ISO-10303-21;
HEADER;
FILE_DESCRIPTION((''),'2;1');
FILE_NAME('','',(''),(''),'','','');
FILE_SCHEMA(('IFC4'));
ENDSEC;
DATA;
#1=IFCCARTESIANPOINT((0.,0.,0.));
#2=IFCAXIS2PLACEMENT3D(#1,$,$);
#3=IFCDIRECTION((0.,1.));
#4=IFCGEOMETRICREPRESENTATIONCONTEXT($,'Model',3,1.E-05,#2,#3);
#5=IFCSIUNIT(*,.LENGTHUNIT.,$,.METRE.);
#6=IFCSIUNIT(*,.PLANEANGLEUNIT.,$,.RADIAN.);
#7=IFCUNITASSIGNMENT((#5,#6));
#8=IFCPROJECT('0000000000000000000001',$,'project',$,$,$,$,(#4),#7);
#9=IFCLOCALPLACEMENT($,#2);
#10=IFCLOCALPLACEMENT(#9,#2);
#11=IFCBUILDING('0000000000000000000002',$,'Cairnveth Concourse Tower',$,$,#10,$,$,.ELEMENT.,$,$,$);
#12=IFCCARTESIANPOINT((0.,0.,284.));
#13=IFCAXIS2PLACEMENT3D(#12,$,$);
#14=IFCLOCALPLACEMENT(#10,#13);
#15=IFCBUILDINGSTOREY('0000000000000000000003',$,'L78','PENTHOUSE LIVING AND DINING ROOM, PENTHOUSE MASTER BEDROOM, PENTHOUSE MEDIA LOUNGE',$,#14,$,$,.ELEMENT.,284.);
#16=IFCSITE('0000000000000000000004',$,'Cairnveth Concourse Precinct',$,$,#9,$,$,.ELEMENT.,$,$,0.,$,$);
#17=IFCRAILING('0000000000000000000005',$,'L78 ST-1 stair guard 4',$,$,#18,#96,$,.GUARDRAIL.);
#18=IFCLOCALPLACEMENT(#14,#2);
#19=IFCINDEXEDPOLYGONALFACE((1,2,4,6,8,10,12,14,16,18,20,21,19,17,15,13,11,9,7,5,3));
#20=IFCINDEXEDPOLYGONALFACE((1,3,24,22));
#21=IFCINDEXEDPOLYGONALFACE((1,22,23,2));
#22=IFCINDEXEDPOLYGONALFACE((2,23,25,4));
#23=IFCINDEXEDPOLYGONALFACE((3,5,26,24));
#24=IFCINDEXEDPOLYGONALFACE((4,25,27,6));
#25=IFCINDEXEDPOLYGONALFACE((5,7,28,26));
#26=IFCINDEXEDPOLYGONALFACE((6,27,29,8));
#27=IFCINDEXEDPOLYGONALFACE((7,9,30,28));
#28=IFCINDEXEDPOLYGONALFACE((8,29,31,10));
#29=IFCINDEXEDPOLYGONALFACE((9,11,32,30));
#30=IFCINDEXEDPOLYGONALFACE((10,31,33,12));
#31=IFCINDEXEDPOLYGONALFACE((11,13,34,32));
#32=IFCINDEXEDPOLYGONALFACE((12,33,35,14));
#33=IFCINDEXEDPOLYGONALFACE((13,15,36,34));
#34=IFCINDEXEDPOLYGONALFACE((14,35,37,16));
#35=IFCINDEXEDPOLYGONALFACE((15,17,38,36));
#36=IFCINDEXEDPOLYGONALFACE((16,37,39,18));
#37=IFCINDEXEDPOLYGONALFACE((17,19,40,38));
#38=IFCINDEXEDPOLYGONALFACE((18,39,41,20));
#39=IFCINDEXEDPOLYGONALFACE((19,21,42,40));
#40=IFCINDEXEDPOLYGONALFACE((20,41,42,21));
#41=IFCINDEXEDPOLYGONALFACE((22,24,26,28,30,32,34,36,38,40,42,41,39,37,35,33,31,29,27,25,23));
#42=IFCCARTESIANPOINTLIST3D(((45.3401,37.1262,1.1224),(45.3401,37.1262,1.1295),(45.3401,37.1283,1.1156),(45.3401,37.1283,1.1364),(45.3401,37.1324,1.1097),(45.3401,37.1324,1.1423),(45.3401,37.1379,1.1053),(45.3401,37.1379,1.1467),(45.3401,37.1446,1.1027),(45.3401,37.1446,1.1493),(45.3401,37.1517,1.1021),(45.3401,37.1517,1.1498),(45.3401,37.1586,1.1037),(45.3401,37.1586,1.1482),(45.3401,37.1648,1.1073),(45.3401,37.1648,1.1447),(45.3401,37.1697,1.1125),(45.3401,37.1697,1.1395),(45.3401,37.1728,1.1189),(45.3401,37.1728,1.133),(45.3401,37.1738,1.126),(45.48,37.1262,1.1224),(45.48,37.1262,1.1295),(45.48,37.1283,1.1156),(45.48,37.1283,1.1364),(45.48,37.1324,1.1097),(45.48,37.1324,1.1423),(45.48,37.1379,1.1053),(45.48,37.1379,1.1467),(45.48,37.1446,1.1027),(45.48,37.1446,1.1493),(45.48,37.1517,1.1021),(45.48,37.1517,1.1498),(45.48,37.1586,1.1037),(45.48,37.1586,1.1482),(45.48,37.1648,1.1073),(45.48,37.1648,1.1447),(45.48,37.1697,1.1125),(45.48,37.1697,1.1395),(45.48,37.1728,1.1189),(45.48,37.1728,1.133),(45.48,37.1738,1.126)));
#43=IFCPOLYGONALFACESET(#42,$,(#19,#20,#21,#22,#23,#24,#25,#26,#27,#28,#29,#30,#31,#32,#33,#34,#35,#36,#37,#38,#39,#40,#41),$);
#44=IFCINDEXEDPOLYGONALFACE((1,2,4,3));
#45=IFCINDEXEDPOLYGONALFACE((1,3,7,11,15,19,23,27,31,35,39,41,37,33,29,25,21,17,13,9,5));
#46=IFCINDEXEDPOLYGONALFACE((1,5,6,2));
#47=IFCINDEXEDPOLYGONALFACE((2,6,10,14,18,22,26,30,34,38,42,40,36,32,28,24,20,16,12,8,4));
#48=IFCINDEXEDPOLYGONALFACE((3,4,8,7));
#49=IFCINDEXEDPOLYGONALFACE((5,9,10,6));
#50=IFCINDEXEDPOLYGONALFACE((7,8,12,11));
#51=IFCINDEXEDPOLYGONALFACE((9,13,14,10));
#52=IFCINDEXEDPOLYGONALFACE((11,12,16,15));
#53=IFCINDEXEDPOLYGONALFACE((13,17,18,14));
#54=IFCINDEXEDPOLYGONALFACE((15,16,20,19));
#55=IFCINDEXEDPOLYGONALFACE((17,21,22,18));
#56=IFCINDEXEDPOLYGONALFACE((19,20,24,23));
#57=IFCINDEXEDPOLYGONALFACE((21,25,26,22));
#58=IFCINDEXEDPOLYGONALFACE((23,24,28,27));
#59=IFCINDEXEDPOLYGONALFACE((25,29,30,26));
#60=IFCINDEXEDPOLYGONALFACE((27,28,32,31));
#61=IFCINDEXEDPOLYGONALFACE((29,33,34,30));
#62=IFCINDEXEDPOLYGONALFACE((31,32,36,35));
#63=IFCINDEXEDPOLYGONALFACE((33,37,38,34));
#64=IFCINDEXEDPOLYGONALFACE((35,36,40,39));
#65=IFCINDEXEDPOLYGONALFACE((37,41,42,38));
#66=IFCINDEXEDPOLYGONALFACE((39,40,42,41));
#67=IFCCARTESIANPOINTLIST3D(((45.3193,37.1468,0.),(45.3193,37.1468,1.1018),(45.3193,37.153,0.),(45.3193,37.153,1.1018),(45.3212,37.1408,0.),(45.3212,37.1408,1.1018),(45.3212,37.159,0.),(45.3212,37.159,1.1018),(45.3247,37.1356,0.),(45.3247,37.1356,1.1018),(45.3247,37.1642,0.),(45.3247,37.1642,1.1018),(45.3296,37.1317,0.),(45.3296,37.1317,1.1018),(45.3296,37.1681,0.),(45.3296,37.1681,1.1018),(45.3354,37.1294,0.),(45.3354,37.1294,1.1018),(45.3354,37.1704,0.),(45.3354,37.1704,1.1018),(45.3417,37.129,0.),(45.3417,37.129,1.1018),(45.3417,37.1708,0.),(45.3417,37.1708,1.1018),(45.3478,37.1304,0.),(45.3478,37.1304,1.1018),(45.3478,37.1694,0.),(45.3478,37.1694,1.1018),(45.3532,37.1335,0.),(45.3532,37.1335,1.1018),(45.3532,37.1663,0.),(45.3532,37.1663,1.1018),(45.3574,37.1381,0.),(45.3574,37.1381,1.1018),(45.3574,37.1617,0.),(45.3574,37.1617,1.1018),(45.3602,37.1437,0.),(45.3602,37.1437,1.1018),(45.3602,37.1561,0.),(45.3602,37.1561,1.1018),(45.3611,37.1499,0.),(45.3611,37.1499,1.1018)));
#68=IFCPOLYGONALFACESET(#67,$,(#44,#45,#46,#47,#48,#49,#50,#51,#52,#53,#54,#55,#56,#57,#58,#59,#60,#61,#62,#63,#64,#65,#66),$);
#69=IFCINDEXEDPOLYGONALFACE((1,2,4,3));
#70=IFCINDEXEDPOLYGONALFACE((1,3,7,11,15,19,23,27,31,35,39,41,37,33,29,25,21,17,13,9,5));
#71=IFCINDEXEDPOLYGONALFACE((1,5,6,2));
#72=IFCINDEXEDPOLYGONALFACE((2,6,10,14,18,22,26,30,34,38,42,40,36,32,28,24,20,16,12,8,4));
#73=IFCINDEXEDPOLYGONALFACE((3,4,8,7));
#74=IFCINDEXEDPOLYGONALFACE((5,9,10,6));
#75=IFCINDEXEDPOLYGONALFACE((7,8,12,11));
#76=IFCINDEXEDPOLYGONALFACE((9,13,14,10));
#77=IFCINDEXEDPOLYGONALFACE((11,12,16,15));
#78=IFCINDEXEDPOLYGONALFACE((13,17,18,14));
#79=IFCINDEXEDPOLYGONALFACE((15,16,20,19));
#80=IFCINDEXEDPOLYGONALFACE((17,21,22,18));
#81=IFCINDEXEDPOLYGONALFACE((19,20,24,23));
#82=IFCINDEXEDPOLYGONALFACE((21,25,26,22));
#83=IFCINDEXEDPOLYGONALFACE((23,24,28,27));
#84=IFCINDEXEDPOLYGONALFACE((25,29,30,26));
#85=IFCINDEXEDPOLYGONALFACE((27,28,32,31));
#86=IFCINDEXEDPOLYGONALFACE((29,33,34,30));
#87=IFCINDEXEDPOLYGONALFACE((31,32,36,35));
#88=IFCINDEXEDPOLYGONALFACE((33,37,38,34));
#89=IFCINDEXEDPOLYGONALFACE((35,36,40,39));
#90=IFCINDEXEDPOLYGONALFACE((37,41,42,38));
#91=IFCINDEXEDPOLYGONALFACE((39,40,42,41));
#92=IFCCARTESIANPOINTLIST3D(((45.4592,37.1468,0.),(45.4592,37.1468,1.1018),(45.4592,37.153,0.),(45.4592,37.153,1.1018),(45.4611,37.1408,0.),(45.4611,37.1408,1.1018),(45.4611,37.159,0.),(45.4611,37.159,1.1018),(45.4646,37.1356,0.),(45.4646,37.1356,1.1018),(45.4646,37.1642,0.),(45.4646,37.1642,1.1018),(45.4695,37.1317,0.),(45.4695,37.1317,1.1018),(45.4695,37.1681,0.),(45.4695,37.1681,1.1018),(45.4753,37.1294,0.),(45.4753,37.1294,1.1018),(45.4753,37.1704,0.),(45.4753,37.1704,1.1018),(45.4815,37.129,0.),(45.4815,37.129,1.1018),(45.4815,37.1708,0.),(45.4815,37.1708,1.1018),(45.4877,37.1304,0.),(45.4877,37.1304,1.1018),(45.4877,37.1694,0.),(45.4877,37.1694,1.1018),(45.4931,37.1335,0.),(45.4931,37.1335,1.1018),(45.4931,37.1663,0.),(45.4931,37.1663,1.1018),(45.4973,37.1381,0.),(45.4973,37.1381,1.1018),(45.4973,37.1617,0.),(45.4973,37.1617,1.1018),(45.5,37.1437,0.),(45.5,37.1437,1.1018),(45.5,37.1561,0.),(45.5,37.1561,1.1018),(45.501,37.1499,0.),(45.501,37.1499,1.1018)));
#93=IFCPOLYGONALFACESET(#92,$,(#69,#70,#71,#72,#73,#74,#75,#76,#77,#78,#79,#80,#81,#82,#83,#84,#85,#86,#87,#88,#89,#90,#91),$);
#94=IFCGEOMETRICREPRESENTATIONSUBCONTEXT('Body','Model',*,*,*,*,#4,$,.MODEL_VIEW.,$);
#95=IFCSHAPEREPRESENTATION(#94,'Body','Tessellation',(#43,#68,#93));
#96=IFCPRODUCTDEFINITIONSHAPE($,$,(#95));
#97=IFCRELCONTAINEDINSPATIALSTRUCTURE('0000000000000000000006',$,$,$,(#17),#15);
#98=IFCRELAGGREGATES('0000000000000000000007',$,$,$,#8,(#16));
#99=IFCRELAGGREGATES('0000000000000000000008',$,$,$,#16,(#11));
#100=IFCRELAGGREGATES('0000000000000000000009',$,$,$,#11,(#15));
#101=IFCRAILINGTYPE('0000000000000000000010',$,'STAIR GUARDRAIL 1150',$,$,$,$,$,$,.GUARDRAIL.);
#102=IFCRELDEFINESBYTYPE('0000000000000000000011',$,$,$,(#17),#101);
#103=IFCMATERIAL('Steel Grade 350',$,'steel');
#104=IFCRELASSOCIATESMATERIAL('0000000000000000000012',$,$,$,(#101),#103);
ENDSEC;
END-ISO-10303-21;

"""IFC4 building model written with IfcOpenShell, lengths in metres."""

from ifc_helpers import new_model, si_unit, direction, frame, origin, origin_2d, place, context, subcontext, project, spatial, circle, extrude, material, type_object, element, save


model = new_model("IFC4")

# Units and contexts
model_context = context("Model", 3, precision=1e-05, world=origin(), true_north=direction((0.0, 1.0)))
body_context = subcontext(model_context, "Body", "Model", "MODEL_VIEW")
ifc_project = project(units=[si_unit("LENGTHUNIT", "METRE"), si_unit("PLANEANGLEUNIT", "RADIAN")], contexts=[model_context])

# Site, building, storey
site_placement = place(None, origin())
site = spatial("IfcSite", under=ifc_project, at=site_placement, Name="Cairnveth Concourse Precinct", CompositionType="ELEMENT", RefElevation=0.0)
building_placement = place(site_placement, origin())
building = spatial("IfcBuilding", under=site, at=building_placement, Name="Cairnveth Concourse Tower", CompositionType="ELEMENT")
storey_placement = place(building_placement, frame((0.0, 0.0, 284.0)))
storey = spatial("IfcBuildingStorey", under=building, at=storey_placement, Name="L78", Description="PENTHOUSE LIVING AND DINING ROOM, PENTHOUSE MASTER BEDROOM, PENTHOUSE MEDIA LOUNGE", CompositionType="ELEMENT", Elevation=284.0)

# Shared definitions
ifc_material_1 = material(Name="Steel Grade 350", Category="steel")

# Railing
railing_type = type_object("IfcRailingType", Name="STAIR GUARDRAIL 1150", PredefinedType="GUARDRAIL", material=ifc_material_1)
railing_placement = place(storey_placement, frame((45.3401, 37.1499, 0.0)))
element("IfcRailing", 1, at=railing_placement, inside=storey, type_object=railing_type, Name="L78 ST-1 stair guard 4", PredefinedType="GUARDRAIL", context=body_context, shape_type="SweptSolid", body=[
    extrude(circle(Radius=0.0239, at=origin_2d()), frame((0.0, 0.0, 1.126), z_axis=(1.0, 0.0, 0.0), x_axis=(0.0, 1.0, 0.0)), (0.0, 0.0, 1.0), 0.1399),
    extrude(circle(Radius=0.021, at=origin_2d()), origin(), (0.0, 0.0, 1.0), 1.1018),
    extrude(circle(Radius=0.021, at=origin_2d()), frame((0.1399, 0.0, 0.0)), (0.0, 0.0, 1.0), 1.1018),
])

save(model, "model.ifc")
